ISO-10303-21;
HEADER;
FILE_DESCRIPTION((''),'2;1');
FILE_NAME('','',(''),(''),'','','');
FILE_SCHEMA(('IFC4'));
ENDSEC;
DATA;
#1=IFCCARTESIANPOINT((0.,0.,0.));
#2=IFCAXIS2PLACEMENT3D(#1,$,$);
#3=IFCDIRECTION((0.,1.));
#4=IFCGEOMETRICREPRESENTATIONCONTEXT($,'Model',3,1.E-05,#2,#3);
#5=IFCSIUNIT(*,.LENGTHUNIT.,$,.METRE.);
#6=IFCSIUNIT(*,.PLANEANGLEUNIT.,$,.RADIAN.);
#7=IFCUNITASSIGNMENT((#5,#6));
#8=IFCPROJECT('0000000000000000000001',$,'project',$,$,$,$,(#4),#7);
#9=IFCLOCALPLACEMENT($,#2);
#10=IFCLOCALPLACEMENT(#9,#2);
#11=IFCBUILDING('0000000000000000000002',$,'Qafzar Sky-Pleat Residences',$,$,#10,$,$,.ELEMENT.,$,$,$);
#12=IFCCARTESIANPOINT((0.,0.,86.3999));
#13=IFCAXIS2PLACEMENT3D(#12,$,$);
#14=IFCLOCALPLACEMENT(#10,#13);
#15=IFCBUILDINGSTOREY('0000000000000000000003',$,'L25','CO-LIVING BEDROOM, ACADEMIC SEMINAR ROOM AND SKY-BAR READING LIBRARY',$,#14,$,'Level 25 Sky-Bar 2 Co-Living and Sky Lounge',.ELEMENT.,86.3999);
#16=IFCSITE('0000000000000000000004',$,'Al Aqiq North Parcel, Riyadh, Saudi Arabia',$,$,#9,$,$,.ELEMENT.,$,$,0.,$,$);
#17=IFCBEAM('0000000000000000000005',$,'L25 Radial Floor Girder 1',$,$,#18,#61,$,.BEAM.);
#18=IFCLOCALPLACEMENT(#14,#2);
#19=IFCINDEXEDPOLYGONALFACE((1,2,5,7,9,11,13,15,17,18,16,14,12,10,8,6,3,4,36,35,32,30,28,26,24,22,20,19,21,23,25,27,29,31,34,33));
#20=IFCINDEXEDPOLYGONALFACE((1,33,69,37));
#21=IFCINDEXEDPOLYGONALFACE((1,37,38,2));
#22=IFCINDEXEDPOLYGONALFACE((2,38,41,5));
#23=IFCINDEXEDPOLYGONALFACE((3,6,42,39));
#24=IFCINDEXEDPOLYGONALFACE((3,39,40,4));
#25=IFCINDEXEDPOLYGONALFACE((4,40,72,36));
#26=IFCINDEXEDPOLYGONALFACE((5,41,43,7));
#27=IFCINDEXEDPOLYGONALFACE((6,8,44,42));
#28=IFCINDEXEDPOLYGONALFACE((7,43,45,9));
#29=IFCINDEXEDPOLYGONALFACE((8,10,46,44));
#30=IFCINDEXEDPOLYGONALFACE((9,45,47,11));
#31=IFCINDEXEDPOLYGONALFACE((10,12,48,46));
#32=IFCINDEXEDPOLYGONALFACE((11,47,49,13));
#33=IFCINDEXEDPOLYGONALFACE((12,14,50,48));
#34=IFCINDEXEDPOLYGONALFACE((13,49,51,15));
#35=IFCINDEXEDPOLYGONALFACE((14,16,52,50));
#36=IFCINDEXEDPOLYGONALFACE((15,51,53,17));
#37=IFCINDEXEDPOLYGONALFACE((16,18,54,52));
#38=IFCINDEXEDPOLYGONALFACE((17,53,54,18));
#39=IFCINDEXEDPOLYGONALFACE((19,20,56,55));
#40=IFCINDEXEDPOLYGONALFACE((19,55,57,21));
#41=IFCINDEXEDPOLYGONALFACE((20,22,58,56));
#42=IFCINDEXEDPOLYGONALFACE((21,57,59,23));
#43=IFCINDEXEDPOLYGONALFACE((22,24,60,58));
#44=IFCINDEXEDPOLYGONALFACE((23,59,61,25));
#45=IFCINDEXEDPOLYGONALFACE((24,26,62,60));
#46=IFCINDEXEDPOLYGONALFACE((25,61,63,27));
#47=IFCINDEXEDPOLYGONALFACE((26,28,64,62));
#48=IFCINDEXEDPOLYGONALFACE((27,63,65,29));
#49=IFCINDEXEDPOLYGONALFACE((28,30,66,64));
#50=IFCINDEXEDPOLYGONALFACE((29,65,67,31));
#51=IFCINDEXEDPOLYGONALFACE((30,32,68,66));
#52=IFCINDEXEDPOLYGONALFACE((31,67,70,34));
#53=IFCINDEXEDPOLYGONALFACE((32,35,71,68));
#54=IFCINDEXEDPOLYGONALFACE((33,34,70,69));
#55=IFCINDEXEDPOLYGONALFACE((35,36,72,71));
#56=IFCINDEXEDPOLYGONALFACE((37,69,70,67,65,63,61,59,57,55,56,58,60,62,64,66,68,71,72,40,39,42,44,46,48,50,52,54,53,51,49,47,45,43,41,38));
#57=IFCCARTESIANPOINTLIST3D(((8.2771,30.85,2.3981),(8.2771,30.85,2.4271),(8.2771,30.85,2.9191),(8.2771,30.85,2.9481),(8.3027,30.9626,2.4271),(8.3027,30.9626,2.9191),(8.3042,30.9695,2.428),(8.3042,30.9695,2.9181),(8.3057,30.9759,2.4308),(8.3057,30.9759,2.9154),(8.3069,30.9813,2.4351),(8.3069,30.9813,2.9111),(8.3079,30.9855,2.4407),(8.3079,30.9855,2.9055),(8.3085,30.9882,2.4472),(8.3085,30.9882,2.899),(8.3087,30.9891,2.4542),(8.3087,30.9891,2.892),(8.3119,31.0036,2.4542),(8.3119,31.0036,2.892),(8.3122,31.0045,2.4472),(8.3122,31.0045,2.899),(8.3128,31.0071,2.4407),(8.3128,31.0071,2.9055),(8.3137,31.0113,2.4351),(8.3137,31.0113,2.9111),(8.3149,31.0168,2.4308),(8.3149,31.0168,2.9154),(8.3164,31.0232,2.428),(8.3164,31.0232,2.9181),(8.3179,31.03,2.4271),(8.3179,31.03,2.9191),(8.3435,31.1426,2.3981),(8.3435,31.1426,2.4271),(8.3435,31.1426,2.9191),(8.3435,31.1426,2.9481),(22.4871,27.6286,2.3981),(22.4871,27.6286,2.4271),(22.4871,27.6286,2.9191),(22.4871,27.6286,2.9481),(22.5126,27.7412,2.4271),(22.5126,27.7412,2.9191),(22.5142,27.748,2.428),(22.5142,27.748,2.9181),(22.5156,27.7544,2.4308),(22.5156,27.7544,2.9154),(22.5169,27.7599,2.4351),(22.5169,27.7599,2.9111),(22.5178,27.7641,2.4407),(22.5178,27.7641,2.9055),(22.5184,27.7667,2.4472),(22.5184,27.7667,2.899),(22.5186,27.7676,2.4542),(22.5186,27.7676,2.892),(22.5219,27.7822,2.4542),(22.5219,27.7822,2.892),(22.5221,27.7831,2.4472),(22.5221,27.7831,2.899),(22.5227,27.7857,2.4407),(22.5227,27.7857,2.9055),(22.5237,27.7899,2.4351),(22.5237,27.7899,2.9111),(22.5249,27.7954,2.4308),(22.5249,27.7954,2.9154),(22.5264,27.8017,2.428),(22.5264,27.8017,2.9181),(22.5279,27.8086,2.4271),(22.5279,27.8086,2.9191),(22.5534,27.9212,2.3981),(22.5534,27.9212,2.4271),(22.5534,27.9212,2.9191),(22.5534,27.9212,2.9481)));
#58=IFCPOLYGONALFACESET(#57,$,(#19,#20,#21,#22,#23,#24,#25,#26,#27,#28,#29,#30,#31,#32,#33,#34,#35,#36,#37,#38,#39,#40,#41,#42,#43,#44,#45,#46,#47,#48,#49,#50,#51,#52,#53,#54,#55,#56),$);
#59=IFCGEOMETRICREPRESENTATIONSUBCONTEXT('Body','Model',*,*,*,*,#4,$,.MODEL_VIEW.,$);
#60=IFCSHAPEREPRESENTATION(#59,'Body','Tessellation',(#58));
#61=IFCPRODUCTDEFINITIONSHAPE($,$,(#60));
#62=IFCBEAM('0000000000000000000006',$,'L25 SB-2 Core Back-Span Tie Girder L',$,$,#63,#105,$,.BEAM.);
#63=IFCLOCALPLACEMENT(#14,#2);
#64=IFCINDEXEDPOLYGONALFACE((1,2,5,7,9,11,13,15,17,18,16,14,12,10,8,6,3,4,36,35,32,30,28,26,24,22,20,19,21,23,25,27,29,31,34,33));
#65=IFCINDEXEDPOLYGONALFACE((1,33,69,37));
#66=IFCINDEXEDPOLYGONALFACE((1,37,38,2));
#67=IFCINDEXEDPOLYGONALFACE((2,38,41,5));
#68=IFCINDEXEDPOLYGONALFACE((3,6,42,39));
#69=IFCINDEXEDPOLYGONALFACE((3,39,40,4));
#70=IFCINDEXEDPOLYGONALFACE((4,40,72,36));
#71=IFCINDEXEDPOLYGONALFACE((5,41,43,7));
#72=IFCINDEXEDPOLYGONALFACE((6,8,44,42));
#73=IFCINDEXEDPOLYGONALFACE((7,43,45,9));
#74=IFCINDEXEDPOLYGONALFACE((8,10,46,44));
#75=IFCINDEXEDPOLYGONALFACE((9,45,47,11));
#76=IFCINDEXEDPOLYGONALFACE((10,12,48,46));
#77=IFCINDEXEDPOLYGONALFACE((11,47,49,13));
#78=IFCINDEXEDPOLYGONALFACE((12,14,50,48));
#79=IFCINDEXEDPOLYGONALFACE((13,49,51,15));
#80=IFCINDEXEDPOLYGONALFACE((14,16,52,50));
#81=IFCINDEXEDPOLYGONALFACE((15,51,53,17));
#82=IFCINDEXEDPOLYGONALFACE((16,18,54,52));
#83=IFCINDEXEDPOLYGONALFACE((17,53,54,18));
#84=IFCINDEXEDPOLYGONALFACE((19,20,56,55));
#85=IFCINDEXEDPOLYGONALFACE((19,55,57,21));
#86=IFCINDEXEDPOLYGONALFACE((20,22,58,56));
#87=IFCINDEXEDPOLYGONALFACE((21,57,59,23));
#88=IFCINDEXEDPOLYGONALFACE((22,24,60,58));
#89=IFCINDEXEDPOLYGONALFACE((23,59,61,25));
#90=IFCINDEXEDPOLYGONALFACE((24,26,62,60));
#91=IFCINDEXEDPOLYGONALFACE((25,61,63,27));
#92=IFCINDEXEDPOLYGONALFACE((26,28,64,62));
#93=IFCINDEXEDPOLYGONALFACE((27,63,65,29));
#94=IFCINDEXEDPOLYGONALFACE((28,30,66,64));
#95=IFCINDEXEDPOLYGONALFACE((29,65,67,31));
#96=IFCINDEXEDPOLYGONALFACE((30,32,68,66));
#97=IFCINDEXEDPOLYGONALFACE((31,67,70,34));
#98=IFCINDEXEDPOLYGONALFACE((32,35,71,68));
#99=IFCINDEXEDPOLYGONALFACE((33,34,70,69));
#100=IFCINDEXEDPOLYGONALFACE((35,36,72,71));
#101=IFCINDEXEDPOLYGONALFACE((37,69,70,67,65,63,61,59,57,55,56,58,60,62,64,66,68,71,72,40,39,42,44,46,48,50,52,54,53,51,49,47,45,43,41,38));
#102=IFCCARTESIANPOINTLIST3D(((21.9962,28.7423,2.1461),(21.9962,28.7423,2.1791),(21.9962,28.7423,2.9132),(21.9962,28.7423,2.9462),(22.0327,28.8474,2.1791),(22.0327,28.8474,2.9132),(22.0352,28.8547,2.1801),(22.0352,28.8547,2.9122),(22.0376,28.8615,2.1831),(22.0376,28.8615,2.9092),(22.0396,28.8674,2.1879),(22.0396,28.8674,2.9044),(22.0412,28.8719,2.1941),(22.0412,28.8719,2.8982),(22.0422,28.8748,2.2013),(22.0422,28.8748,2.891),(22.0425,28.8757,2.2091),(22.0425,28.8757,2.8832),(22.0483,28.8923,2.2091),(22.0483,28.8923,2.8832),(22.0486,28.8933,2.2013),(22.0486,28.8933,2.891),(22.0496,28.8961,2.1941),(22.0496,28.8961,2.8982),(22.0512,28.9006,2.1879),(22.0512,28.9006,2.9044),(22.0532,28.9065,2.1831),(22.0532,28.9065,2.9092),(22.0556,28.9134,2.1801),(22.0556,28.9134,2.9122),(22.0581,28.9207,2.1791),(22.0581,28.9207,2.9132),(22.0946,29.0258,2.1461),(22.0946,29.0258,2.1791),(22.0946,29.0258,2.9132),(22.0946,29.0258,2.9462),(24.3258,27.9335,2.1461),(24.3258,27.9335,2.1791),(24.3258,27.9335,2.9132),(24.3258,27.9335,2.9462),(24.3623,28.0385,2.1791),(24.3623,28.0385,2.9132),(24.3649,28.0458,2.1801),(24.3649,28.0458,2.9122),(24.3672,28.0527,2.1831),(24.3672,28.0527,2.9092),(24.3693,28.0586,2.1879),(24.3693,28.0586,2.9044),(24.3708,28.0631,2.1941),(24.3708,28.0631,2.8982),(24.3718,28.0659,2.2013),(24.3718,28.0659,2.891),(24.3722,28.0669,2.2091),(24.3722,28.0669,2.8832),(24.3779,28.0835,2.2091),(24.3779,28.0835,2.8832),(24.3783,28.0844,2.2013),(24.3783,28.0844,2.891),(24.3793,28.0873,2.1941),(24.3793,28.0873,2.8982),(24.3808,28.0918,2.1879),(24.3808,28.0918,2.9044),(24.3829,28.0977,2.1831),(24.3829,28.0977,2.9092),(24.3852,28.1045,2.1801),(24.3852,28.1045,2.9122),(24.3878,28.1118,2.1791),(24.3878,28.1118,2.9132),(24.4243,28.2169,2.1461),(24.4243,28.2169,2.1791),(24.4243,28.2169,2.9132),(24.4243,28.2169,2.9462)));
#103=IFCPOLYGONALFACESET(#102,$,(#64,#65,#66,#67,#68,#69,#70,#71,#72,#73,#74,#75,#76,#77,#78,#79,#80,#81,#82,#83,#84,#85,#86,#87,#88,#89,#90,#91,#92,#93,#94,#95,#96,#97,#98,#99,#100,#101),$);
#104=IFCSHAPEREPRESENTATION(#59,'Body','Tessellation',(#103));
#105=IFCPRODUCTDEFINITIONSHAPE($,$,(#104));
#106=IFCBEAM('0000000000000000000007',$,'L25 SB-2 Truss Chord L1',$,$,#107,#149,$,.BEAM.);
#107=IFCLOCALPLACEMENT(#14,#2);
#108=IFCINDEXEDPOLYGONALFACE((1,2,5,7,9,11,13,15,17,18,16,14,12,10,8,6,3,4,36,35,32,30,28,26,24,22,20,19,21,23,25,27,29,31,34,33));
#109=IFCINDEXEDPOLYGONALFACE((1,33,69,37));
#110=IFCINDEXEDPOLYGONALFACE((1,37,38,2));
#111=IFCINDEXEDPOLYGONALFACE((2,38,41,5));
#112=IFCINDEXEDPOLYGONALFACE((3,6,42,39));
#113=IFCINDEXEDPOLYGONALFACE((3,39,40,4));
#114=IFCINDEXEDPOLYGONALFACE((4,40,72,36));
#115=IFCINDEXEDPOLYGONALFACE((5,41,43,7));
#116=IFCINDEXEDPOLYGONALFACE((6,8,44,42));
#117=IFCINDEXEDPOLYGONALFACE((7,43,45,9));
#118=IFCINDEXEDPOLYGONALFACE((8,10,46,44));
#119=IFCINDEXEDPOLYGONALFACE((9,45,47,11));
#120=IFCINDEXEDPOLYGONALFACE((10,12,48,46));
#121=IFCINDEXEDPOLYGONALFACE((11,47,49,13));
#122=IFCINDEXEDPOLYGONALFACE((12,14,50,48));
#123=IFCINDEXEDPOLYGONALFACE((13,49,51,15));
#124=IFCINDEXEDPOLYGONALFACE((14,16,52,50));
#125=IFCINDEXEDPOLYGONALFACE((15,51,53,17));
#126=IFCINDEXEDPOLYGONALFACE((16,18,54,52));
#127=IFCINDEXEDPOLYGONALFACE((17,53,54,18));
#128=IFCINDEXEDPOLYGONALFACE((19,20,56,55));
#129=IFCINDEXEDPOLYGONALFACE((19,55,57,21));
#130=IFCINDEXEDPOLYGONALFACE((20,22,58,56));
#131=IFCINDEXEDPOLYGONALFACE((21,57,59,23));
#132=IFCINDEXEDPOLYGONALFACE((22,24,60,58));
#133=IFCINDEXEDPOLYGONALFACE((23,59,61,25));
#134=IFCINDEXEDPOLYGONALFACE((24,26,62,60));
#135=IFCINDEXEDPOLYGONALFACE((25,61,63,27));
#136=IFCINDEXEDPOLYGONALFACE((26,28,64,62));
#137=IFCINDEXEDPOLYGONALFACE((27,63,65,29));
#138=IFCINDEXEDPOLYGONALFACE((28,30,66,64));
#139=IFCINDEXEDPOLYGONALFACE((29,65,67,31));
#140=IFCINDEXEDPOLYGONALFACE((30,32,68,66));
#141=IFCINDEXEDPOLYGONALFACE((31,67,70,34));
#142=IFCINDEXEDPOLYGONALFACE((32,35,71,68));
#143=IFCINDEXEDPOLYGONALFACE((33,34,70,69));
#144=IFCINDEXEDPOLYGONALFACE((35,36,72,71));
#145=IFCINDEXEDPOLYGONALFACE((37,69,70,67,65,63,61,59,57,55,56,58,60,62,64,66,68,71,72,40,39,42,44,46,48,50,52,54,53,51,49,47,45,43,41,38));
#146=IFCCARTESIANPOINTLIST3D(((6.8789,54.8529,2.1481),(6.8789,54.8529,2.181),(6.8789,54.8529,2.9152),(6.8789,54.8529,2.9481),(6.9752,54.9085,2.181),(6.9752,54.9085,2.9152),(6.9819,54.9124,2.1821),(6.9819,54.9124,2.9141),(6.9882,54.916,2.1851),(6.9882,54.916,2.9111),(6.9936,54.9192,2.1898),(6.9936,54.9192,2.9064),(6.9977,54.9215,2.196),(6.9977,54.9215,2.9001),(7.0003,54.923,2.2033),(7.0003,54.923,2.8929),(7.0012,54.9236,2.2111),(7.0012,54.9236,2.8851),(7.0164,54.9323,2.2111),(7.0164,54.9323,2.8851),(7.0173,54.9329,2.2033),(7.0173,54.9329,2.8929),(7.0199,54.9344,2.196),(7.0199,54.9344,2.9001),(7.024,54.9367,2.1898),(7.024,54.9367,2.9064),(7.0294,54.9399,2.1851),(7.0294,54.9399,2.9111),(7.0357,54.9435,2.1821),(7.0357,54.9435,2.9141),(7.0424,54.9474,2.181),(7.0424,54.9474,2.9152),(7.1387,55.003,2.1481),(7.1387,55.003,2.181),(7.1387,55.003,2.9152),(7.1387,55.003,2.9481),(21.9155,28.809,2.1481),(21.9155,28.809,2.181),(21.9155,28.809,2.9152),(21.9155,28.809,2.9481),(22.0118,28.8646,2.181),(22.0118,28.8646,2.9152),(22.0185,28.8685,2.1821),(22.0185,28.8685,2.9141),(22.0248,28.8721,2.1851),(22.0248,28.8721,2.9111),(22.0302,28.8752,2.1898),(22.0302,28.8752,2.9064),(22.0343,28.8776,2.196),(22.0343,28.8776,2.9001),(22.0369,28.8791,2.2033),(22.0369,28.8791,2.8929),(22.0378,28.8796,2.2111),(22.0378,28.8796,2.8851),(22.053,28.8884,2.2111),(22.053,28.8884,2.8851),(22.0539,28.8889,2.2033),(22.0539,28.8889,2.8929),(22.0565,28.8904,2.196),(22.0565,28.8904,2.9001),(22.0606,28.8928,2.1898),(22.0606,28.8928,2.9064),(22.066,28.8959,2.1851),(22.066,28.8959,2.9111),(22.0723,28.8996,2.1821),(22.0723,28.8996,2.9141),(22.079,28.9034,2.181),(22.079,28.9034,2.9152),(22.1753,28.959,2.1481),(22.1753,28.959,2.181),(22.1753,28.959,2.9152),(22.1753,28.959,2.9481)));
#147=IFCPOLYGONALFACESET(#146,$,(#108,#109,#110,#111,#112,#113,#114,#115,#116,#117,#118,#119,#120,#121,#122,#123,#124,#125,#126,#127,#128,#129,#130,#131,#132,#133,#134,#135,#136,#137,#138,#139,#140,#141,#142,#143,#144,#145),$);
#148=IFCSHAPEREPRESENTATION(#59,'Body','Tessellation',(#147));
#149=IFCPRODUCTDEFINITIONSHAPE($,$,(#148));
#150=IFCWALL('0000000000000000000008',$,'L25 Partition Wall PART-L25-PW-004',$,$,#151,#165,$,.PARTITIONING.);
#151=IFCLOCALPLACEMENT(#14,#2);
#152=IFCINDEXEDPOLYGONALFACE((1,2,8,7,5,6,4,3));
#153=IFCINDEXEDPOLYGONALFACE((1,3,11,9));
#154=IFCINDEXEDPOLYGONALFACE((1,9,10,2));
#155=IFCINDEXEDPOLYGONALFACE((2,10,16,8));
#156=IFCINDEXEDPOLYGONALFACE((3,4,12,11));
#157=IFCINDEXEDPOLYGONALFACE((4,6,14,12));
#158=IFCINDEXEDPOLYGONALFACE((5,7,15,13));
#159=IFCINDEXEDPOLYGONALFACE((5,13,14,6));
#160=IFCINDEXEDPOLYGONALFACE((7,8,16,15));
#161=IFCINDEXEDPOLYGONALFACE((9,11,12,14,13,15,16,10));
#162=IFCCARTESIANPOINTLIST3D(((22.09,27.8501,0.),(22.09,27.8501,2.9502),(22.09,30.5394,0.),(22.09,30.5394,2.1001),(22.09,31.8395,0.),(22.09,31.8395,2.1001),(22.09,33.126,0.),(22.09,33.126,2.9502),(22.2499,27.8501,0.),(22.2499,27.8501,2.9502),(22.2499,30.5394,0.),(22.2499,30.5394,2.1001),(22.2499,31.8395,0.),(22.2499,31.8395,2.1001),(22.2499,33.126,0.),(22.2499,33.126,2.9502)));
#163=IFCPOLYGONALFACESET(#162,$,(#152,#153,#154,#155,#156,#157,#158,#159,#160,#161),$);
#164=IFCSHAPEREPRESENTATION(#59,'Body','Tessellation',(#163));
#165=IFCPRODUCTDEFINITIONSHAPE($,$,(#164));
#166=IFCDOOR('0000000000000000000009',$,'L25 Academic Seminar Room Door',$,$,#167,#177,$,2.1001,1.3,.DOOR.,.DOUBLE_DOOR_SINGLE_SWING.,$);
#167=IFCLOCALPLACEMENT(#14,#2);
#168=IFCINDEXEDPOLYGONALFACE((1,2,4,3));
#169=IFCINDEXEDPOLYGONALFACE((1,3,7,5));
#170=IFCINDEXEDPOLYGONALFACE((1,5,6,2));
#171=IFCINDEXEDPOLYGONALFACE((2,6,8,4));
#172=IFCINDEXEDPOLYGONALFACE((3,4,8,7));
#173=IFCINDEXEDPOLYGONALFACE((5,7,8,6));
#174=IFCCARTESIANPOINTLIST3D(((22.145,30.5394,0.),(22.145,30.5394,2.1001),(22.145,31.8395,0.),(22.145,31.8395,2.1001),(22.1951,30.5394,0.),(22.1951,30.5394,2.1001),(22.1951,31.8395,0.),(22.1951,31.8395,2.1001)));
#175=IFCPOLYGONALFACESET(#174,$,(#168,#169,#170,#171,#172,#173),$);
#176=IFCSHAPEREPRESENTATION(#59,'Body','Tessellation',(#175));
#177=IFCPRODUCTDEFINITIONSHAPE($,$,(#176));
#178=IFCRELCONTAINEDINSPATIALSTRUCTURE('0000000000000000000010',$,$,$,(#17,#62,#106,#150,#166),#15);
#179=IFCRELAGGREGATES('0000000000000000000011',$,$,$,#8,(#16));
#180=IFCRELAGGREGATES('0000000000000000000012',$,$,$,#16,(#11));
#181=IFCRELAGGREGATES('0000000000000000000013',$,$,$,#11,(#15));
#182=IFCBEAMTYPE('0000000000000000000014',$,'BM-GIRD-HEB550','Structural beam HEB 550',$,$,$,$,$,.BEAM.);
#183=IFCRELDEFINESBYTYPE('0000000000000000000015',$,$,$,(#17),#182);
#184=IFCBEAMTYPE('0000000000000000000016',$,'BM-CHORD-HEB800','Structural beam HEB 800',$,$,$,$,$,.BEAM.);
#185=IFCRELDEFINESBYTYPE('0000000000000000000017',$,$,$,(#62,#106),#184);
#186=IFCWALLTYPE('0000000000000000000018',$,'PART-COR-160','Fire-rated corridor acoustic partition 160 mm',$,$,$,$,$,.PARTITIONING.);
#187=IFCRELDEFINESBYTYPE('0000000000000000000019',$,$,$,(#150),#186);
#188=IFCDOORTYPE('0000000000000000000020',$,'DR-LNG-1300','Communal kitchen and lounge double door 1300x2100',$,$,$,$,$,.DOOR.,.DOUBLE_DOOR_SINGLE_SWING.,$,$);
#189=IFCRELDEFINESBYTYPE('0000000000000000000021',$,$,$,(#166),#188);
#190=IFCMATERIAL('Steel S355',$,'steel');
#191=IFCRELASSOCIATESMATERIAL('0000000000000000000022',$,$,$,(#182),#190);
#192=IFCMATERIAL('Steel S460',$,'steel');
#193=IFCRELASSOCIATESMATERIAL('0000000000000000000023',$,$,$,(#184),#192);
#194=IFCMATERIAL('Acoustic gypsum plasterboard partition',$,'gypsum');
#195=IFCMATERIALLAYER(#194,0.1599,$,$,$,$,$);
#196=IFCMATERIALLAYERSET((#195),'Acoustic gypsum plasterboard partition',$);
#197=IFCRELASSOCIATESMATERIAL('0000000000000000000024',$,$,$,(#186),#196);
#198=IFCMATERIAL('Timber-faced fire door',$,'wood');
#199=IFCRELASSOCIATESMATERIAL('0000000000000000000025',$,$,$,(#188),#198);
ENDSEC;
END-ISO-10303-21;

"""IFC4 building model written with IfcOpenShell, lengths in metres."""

from ifc_helpers import new_model, si_unit, direction, frame, frame_2d, origin, origin_2d, place, context, subcontext, project, spatial, rectangle, i_section, extrude, source, transform, mapped, material, layer, layer_set, material_profile, profile_set, type_object, element, fill, save


model = new_model("IFC4")

# Units and contexts
model_context = context("Model", 3, precision=1e-05, world=origin(), true_north=direction((0.0, 1.0)))
body_context = subcontext(model_context, "Body", "Model", "MODEL_VIEW")
ifc_project = project(units=[si_unit("LENGTHUNIT", "METRE"), si_unit("PLANEANGLEUNIT", "RADIAN")], contexts=[model_context])

# Site, building, storey
site_placement = place(None, origin())
site = spatial("IfcSite", under=ifc_project, at=site_placement, Name="Al Aqiq North Parcel, Riyadh, Saudi Arabia", CompositionType="ELEMENT", RefElevation=0.0)
building_placement = place(site_placement, origin())
building = spatial("IfcBuilding", under=site, at=building_placement, Name="Qafzar Sky-Pleat Residences", CompositionType="ELEMENT")
storey_placement = place(building_placement, frame((0.0, 0.0, 86.3999)))
storey = spatial("IfcBuildingStorey", under=building, at=storey_placement, Name="L25", Description="CO-LIVING BEDROOM, ACADEMIC SEMINAR ROOM AND SKY-BAR READING LIBRARY", LongName="Level 25 Sky-Bar 2 Co-Living and Sky Lounge", CompositionType="ELEMENT", Elevation=86.3999)

# Shared definitions
ifc_material_1 = material(Name="Steel S460", Category="steel")

# Beams
ifc_material_2 = material(Name="Steel S355", Category="steel")
ifc_material_profile_1 = material_profile(ifc_material_2, i_section(OverallWidth=0.3, OverallDepth=0.55, WebThickness=0.0149, FlangeThickness=0.0291, FilletRadius=0.0271, at=origin_2d()), Name="HEB 550")
ifc_profile_set_1 = profile_set([ifc_material_profile_1], Name="Steel S355")
beam_type_1 = type_object("IfcBeamType", Name="BM-GIRD-HEB550", Description="Structural beam HEB 550", PredefinedType="BEAM", material=ifc_profile_set_1)
shared_shape_1 = source(origin(), body_context, "Body", "SweptSolid", [
    extrude(i_section(OverallWidth=0.3, OverallDepth=0.55, WebThickness=0.0149, FlangeThickness=0.0291, FilletRadius=0.0271, at=origin_2d()), origin(), (0.0, 0.0, 1.0), 14.5706),
])
beam_1_placement = place(storey_placement, frame((8.3103, 30.9963, 2.6731), z_axis=(0.975253, -0.221092, 0.0), x_axis=(0.221092, 0.975253, 0.0)))
element("IfcBeam", 1, at=beam_1_placement, inside=storey, type_object=beam_type_1, Name="L25 Radial Floor Girder 1", PredefinedType="BEAM", context=body_context, shape_type="MappedRepresentation", body=[
    mapped(shared_shape_1, transform((0.0, 0.0, 0.0), x_axis=(1.0, 0.0, 0.0), y_axis=(0.0, 1.0, 0.0), z_axis=(0.0, 0.0, 1.0), scale=1.0)),
])
ifc_material_profile_2 = material_profile(ifc_material_1, i_section(OverallWidth=0.3, OverallDepth=0.8, WebThickness=0.0176, FlangeThickness=0.033, FilletRadius=0.03, at=origin_2d()), Name="HEB 800")
ifc_profile_set_2 = profile_set([ifc_material_profile_2], Name="Steel S460")
beam_type_2 = type_object("IfcBeamType", Name="BM-CHORD-HEB800", Description="Structural beam HEB 800", PredefinedType="BEAM", material=ifc_profile_set_2)
shared_shape_2 = source(origin(), body_context, "Body", "SweptSolid", [
    extrude(i_section(OverallWidth=0.3, OverallDepth=0.8, WebThickness=0.0176, FlangeThickness=0.033, FilletRadius=0.03, at=origin_2d()), origin(), (0.0, 0.0, 1.0), 2.4661),
])
beam_2_placement = place(storey_placement, frame((22.0454, 28.884, 2.5461), z_axis=(0.94468, -0.327995, 0.0), x_axis=(0.327995, 0.94468, 0.0)))
element("IfcBeam", 2, at=beam_2_placement, inside=storey, type_object=beam_type_2, Name="L25 SB-2 Core Back-Span Tie Girder L", PredefinedType="BEAM", context=body_context, shape_type="MappedRepresentation", body=[
    mapped(shared_shape_2, transform((0.0, 0.0, 0.0), x_axis=(1.0, 0.0, 0.0), y_axis=(0.0, 1.0, 0.0), z_axis=(0.0, 0.0, 1.0), scale=1.0)),
])
shared_shape_3 = source(origin(), body_context, "Body", "SweptSolid", [
    extrude(i_section(OverallWidth=0.3, OverallDepth=0.8, WebThickness=0.0176, FlangeThickness=0.033, FilletRadius=0.03, at=origin_2d()), origin(), (0.0, 0.0, 1.0), 30.073),
])
beam_3_placement = place(storey_placement, frame((22.0454, 28.884, 2.5481), z_axis=(-0.500004, 0.866023, 0.0), x_axis=(-0.866023, -0.500004, 0.0)))
element("IfcBeam", 3, at=beam_3_placement, inside=storey, type_object=beam_type_2, Name="L25 SB-2 Truss Chord L1", PredefinedType="BEAM", context=body_context, shape_type="MappedRepresentation", body=[
    mapped(shared_shape_3, transform((0.0, 0.0, 0.0), x_axis=(1.0, 0.0, 0.0), y_axis=(0.0, 1.0, 0.0), z_axis=(0.0, 0.0, 1.0), scale=1.0)),
])

# Wall, opening, door
ifc_material_3 = material(Name="Acoustic gypsum plasterboard partition", Category="gypsum")
ifc_layer_1 = layer(ifc_material_3, 0.1599)
ifc_layer_set_1 = layer_set([ifc_layer_1], Name="Acoustic gypsum plasterboard partition")
wall_type_1 = type_object("IfcWallType", Name="PART-COR-160", Description="Fire-rated corridor acoustic partition 160 mm", PredefinedType="PARTITIONING", material=ifc_layer_set_1)
wall_1_placement = place(storey_placement, frame((22.1699, 27.8501, 0.0), z_axis=(0.0, 0.0, 1.0), x_axis=(0.0, 1.0, 0.0)))
wall_1 = element("IfcWall", 4, at=wall_1_placement, inside=storey, type_object=wall_type_1, Name="L25 Partition Wall PART-L25-PW-004", PredefinedType="PARTITIONING", context=body_context, shape_type="SweptSolid", body=[
    extrude(rectangle(XDim=5.2759, YDim=0.1599, at=frame_2d((2.6379, 0.0))), origin(), (0.0, 0.0, 1.0), 2.9502),
])
opening_1_placement = place(wall_1_placement, frame((2.6895, 0.0, 0.0)))
opening_1 = element("IfcOpeningElement", 5, at=opening_1_placement, cuts=wall_1, PredefinedType="OPENING", context=body_context, shape_type="SweptSolid", body=[
    extrude(rectangle(XDim=1.3, YDim=2.1001, at=frame_2d((0.6499, 1.05))), frame((0.0, 0.0898, 0.0), z_axis=(0.0, -1.0, 0.0), x_axis=(1.0, 0.0, 0.0)), (0.0, 0.0, 1.0), 0.1799),
])
ifc_material_4 = material(Name="Timber-faced fire door", Category="wood")
door_type = type_object("IfcDoorType", Name="DR-LNG-1300", Description="Communal kitchen and lounge double door 1300x2100", OperationType="DOUBLE_DOOR_SINGLE_SWING", PredefinedType="DOOR", material=ifc_material_4)
shared_shape_4 = source(origin(), body_context, "Body", "SweptSolid", [
    extrude(rectangle(XDim=1.3, YDim=2.1001, at=frame_2d((0.6499, 1.05))), frame((0.0, 0.0249, 0.0), z_axis=(0.0, -1.0, 0.0), x_axis=(1.0, 0.0, 0.0)), (0.0, 0.0, 1.0), 0.05),
])
door_1_placement = place(opening_1_placement, origin())
door_1 = element("IfcDoor", 6, at=door_1_placement, inside=storey, type_object=door_type, Name="L25 Academic Seminar Room Door", OperationType="DOUBLE_DOOR_SINGLE_SWING", OverallHeight=2.1001, OverallWidth=1.3, PredefinedType="DOOR", context=body_context, shape_type="MappedRepresentation", body=[
    mapped(shared_shape_4, transform((0.0, 0.0, 0.0), x_axis=(1.0, 0.0, 0.0), y_axis=(0.0, 1.0, 0.0), z_axis=(0.0, 0.0, 1.0), scale=1.0)),
])
fill(opening_1, door_1)

save(model, "model.ifc")
